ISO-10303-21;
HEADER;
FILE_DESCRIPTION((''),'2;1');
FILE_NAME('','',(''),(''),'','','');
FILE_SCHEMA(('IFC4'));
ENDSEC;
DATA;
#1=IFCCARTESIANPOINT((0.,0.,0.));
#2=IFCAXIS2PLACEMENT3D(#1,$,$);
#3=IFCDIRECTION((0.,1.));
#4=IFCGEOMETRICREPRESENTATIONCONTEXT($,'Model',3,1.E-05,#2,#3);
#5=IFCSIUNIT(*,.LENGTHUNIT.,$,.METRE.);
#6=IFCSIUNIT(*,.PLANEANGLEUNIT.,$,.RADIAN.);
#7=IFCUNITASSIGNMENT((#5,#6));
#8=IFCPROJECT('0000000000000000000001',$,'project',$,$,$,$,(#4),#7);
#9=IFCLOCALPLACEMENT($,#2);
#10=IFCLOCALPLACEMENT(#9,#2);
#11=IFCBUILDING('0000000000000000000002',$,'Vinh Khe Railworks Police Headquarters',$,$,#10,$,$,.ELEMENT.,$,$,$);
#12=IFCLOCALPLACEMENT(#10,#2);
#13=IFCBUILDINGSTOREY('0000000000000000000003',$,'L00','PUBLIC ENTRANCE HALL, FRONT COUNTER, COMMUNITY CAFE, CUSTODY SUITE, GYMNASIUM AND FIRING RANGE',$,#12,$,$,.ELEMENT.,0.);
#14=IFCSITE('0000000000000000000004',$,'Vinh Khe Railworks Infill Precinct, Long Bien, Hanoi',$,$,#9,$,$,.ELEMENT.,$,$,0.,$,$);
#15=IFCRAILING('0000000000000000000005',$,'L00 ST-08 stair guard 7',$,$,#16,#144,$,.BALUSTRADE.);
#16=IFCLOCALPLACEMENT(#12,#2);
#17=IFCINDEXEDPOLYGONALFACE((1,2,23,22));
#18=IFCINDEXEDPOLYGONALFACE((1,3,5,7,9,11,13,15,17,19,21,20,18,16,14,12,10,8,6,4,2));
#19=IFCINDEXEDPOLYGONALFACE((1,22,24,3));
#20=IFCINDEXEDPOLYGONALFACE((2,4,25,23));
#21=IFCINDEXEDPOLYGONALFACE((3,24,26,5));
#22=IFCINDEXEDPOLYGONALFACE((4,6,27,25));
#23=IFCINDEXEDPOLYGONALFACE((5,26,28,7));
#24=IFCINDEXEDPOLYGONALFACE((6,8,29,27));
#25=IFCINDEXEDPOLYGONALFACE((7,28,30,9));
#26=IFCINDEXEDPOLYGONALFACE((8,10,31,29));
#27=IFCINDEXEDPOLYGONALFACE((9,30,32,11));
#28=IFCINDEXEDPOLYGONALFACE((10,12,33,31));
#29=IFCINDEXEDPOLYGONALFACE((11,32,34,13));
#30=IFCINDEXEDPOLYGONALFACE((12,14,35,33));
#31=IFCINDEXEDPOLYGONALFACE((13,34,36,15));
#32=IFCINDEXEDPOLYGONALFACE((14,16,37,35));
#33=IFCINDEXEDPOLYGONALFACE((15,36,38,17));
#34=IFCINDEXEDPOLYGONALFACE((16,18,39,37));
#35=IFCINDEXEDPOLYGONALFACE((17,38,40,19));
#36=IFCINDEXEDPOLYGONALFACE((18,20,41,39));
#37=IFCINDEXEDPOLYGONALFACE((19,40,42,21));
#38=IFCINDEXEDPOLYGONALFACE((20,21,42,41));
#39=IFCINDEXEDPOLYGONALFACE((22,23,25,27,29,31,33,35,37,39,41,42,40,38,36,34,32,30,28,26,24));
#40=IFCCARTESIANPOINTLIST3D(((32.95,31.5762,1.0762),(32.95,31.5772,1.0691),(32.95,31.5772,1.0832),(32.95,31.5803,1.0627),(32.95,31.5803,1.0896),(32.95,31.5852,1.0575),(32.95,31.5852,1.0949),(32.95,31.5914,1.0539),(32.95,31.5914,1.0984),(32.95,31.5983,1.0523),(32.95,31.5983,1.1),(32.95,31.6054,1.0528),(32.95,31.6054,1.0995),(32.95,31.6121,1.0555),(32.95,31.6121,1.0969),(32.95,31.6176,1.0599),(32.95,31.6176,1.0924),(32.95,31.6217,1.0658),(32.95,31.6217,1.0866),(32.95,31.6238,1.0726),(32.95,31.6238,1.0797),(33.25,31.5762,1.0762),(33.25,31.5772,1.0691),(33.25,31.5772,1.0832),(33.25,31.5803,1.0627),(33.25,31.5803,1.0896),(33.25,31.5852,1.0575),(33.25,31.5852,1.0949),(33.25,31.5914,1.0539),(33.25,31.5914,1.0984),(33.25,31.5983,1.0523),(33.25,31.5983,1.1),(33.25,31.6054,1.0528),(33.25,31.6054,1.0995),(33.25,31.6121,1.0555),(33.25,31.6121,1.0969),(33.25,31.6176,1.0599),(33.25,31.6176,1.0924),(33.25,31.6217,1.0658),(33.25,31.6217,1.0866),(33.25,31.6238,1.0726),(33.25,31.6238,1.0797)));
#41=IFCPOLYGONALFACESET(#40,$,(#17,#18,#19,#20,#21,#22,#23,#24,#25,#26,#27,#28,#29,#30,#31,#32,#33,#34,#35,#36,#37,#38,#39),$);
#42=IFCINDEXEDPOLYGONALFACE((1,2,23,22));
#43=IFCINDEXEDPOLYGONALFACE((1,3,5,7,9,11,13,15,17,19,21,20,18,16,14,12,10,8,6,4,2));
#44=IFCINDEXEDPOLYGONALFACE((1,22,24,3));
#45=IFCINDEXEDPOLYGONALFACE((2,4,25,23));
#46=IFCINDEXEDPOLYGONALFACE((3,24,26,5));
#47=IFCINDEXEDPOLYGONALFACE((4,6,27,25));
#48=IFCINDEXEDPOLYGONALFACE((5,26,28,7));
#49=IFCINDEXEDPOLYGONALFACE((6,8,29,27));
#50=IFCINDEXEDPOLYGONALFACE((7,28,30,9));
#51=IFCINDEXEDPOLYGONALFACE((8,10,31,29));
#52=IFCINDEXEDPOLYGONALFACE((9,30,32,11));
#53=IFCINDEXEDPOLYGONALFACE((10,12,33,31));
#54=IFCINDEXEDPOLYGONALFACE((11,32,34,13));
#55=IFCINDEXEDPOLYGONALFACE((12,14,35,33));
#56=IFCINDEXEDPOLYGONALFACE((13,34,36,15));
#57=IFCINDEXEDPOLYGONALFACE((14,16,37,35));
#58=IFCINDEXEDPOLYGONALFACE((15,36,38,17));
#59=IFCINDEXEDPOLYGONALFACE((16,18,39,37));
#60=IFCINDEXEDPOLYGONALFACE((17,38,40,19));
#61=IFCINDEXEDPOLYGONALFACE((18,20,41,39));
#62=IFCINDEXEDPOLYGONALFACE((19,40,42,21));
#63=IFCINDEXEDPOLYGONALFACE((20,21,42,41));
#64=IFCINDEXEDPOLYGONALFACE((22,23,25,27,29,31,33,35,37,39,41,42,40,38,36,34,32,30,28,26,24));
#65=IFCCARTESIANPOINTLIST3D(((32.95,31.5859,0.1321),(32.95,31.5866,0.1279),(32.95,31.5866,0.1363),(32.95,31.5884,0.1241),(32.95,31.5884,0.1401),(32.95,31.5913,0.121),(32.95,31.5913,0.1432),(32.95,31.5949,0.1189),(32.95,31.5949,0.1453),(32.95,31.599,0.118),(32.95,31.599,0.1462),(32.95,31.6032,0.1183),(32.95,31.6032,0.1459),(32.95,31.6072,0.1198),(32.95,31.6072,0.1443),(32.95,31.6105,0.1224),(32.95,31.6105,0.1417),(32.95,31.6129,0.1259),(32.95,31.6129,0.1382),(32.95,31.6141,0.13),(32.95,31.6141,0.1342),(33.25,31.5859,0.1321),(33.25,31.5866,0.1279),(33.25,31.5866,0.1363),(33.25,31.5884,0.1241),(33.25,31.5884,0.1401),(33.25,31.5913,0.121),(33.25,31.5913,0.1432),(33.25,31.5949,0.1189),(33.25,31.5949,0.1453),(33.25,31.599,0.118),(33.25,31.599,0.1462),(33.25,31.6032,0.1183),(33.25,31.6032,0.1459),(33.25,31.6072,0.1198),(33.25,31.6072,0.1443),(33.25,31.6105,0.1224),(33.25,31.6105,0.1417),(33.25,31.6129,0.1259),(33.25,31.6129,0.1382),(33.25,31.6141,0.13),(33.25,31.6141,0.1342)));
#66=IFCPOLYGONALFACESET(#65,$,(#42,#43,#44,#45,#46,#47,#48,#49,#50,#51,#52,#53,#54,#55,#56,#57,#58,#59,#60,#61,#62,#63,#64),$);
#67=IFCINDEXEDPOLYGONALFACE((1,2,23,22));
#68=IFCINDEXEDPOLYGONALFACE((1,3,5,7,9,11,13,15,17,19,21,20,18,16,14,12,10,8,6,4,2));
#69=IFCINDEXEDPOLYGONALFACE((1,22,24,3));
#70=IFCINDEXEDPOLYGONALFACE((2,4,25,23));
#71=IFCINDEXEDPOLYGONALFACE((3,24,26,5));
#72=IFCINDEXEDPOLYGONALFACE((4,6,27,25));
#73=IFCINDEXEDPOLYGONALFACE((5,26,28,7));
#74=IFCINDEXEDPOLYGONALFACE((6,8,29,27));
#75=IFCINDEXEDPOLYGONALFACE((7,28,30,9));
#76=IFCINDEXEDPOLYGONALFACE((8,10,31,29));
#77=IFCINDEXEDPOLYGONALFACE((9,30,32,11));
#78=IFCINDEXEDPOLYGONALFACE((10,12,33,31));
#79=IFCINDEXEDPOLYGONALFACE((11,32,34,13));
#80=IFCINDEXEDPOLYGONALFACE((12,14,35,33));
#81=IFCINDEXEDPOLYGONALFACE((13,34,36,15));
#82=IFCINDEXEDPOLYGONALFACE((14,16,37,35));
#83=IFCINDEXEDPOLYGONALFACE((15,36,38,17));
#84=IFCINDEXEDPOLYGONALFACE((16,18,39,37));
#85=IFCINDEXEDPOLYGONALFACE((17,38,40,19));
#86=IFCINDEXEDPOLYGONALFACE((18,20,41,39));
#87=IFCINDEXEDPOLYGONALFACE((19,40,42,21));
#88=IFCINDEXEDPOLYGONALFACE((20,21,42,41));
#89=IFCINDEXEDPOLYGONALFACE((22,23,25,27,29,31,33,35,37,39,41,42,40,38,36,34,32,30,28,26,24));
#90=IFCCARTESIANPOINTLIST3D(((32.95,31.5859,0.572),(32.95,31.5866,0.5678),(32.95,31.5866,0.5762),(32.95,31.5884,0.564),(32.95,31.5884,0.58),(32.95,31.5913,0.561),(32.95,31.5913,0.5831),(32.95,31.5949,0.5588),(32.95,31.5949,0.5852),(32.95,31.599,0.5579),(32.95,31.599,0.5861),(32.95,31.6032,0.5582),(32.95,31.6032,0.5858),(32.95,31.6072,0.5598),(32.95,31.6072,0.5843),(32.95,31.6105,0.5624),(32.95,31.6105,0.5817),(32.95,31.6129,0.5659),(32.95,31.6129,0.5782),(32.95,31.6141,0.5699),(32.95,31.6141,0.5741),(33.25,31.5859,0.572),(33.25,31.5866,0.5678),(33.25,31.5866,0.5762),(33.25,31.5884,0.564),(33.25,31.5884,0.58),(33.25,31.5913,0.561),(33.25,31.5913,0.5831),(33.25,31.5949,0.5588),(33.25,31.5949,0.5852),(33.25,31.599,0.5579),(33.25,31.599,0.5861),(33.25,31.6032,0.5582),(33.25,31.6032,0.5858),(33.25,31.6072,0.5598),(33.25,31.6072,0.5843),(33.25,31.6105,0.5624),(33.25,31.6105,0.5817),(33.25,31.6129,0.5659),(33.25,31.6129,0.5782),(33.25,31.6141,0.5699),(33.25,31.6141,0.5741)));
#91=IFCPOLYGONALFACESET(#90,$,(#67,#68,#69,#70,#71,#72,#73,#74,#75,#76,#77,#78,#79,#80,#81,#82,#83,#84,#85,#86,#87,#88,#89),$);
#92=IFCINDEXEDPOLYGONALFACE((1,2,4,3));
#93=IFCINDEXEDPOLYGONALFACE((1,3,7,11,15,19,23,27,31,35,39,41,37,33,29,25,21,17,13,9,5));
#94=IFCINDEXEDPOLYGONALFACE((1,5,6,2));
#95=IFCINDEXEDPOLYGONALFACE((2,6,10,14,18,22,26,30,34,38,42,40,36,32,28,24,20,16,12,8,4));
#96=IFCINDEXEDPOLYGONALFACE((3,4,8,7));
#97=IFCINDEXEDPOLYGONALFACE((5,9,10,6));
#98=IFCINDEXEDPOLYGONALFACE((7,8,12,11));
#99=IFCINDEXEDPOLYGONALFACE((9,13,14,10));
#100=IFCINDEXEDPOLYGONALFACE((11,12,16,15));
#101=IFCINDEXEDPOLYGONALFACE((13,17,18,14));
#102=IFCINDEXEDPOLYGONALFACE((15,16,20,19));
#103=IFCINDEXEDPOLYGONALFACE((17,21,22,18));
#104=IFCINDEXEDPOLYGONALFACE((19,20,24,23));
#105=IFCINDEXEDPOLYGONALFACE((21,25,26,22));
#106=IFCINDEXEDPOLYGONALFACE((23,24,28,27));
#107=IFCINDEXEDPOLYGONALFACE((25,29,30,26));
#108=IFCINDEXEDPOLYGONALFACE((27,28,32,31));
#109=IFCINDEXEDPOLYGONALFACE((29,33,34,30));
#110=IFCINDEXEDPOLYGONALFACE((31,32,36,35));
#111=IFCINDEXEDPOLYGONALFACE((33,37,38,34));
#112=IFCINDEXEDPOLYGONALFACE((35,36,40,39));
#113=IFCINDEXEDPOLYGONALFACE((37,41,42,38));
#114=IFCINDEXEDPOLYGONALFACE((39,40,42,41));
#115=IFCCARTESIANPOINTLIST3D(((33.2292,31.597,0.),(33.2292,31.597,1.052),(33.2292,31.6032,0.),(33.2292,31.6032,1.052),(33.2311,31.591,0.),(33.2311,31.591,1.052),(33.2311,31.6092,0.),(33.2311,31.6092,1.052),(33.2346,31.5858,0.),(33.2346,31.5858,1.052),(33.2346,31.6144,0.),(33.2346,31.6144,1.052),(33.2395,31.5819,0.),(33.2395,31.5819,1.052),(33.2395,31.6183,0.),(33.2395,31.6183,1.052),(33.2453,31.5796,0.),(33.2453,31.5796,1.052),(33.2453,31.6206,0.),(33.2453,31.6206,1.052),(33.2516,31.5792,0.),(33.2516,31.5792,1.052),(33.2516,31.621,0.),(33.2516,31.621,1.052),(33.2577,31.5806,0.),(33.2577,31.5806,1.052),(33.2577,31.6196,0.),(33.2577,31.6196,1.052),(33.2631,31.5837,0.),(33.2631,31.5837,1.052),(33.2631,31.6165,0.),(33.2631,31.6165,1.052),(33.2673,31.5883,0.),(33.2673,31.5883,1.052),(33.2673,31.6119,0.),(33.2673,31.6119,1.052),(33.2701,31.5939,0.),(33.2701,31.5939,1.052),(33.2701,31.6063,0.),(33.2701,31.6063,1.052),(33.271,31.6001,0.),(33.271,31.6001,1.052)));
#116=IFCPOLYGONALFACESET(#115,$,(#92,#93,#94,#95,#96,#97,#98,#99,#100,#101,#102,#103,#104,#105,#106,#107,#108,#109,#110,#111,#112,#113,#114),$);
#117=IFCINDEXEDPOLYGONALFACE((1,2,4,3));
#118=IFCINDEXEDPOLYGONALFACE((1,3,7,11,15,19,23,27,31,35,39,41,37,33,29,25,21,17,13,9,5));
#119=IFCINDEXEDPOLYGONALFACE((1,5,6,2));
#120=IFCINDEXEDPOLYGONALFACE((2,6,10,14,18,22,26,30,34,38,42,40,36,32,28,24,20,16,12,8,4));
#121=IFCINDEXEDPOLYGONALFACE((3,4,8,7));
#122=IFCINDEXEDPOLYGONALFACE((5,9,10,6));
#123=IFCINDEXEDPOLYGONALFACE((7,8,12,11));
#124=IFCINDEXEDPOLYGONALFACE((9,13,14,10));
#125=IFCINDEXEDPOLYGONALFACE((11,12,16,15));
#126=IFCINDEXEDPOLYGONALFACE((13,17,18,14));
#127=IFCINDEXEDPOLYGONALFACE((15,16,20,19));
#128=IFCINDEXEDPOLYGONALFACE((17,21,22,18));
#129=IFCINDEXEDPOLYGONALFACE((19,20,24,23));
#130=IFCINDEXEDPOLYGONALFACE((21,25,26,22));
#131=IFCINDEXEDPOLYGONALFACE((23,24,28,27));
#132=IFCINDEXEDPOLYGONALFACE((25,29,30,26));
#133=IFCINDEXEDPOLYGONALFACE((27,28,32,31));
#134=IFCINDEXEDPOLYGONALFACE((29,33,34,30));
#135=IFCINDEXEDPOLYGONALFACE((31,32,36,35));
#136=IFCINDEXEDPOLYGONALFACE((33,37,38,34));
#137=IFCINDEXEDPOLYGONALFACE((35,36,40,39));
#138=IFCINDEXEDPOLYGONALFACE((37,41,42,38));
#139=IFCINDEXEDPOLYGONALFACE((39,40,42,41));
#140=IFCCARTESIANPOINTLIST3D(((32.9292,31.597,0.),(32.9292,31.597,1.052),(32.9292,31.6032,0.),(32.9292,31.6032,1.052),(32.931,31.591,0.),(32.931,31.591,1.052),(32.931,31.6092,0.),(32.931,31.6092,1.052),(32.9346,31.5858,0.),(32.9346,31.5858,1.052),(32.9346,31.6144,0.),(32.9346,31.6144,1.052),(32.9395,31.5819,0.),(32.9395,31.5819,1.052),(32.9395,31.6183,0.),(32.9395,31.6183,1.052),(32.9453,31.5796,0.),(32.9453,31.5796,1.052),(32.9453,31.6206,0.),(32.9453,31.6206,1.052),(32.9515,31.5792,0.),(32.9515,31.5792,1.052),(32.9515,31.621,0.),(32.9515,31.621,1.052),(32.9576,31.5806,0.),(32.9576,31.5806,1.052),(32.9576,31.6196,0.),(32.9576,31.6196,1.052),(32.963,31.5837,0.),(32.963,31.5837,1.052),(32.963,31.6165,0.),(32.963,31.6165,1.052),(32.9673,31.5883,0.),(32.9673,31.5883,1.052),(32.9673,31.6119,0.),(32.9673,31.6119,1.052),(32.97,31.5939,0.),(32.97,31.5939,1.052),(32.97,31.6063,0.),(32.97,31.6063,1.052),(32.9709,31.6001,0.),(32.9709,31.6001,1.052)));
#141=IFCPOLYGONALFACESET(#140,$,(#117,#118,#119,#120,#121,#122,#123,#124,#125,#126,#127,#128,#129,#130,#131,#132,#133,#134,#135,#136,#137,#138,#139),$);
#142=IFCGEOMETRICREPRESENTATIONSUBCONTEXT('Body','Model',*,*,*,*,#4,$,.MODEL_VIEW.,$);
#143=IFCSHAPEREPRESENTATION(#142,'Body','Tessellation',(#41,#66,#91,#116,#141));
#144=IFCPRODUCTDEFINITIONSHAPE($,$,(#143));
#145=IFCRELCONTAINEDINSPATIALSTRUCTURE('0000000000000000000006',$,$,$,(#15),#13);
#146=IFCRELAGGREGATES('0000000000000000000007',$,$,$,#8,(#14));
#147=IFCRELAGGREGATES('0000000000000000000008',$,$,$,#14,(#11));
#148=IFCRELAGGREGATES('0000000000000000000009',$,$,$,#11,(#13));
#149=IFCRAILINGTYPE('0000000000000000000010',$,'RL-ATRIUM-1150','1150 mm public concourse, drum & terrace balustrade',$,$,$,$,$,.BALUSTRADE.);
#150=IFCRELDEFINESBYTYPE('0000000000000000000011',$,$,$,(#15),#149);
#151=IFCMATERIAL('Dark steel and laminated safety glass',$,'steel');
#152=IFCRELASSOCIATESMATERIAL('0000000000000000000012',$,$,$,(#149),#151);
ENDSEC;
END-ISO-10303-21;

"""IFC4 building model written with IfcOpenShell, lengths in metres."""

from ifc_helpers import new_model, si_unit, direction, frame, origin, origin_2d, place, context, subcontext, project, spatial, circle, extrude, material, type_object, element, save


model = new_model("IFC4")

# Units and contexts
model_context = context("Model", 3, precision=1e-05, world=origin(), true_north=direction((0.0, 1.0)))
body_context = subcontext(model_context, "Body", "Model", "MODEL_VIEW")
ifc_project = project(units=[si_unit("LENGTHUNIT", "METRE"), si_unit("PLANEANGLEUNIT", "RADIAN")], contexts=[model_context])

# Site, building, storey
site_placement = place(None, origin())
site = spatial("IfcSite", under=ifc_project, at=site_placement, Name="Vinh Khe Railworks Infill Precinct, Long Bien, Hanoi", CompositionType="ELEMENT", RefElevation=0.0)
building_placement = place(site_placement, origin())
building = spatial("IfcBuilding", under=site, at=building_placement, Name="Vinh Khe Railworks Police Headquarters", CompositionType="ELEMENT")
storey_placement = place(building_placement, origin())
storey = spatial("IfcBuildingStorey", under=building, at=storey_placement, Name="L00", Description="PUBLIC ENTRANCE HALL, FRONT COUNTER, COMMUNITY CAFE, CUSTODY SUITE, GYMNASIUM AND FIRING RANGE", CompositionType="ELEMENT", Elevation=0.0)

# Railing
ifc_material_1 = material(Name="Dark steel and laminated safety glass", Category="steel")
railing_type_1 = type_object("IfcRailingType", Name="RL-ATRIUM-1150", Description="1150 mm public concourse, drum & terrace balustrade", PredefinedType="BALUSTRADE", material=ifc_material_1)
railing_1_placement = place(storey_placement, frame((33.25, 31.6001, 0.0)))
element("IfcRailing", 1, at=railing_1_placement, inside=storey, type_object=railing_type_1, Name="L00 ST-08 stair guard 7", PredefinedType="BALUSTRADE", context=body_context, shape_type="SweptSolid", body=[
    extrude(circle(Radius=0.0239, at=origin_2d()), frame((0.0, 0.0, 1.0762), z_axis=(-1.0, 0.0, 0.0), x_axis=(0.0, -1.0, 0.0)), (0.0, 0.0, 1.0), 0.3),
    extrude(circle(Radius=0.0142, at=origin_2d()), frame((0.0, 0.0, 0.1321), z_axis=(-1.0, 0.0, 0.0), x_axis=(0.0, -1.0, 0.0)), (0.0, 0.0, 1.0), 0.3),
    extrude(circle(Radius=0.0142, at=origin_2d()), frame((0.0, 0.0, 0.572), z_axis=(-1.0, 0.0, 0.0), x_axis=(0.0, -1.0, 0.0)), (0.0, 0.0, 1.0), 0.3),
    extrude(circle(Radius=0.021, at=origin_2d()), origin(), (0.0, 0.0, 1.0), 1.052),
    extrude(circle(Radius=0.021, at=origin_2d()), frame((-0.3, 0.0, 0.0)), (0.0, 0.0, 1.0), 1.052),
])

save(model, "model.ifc")
